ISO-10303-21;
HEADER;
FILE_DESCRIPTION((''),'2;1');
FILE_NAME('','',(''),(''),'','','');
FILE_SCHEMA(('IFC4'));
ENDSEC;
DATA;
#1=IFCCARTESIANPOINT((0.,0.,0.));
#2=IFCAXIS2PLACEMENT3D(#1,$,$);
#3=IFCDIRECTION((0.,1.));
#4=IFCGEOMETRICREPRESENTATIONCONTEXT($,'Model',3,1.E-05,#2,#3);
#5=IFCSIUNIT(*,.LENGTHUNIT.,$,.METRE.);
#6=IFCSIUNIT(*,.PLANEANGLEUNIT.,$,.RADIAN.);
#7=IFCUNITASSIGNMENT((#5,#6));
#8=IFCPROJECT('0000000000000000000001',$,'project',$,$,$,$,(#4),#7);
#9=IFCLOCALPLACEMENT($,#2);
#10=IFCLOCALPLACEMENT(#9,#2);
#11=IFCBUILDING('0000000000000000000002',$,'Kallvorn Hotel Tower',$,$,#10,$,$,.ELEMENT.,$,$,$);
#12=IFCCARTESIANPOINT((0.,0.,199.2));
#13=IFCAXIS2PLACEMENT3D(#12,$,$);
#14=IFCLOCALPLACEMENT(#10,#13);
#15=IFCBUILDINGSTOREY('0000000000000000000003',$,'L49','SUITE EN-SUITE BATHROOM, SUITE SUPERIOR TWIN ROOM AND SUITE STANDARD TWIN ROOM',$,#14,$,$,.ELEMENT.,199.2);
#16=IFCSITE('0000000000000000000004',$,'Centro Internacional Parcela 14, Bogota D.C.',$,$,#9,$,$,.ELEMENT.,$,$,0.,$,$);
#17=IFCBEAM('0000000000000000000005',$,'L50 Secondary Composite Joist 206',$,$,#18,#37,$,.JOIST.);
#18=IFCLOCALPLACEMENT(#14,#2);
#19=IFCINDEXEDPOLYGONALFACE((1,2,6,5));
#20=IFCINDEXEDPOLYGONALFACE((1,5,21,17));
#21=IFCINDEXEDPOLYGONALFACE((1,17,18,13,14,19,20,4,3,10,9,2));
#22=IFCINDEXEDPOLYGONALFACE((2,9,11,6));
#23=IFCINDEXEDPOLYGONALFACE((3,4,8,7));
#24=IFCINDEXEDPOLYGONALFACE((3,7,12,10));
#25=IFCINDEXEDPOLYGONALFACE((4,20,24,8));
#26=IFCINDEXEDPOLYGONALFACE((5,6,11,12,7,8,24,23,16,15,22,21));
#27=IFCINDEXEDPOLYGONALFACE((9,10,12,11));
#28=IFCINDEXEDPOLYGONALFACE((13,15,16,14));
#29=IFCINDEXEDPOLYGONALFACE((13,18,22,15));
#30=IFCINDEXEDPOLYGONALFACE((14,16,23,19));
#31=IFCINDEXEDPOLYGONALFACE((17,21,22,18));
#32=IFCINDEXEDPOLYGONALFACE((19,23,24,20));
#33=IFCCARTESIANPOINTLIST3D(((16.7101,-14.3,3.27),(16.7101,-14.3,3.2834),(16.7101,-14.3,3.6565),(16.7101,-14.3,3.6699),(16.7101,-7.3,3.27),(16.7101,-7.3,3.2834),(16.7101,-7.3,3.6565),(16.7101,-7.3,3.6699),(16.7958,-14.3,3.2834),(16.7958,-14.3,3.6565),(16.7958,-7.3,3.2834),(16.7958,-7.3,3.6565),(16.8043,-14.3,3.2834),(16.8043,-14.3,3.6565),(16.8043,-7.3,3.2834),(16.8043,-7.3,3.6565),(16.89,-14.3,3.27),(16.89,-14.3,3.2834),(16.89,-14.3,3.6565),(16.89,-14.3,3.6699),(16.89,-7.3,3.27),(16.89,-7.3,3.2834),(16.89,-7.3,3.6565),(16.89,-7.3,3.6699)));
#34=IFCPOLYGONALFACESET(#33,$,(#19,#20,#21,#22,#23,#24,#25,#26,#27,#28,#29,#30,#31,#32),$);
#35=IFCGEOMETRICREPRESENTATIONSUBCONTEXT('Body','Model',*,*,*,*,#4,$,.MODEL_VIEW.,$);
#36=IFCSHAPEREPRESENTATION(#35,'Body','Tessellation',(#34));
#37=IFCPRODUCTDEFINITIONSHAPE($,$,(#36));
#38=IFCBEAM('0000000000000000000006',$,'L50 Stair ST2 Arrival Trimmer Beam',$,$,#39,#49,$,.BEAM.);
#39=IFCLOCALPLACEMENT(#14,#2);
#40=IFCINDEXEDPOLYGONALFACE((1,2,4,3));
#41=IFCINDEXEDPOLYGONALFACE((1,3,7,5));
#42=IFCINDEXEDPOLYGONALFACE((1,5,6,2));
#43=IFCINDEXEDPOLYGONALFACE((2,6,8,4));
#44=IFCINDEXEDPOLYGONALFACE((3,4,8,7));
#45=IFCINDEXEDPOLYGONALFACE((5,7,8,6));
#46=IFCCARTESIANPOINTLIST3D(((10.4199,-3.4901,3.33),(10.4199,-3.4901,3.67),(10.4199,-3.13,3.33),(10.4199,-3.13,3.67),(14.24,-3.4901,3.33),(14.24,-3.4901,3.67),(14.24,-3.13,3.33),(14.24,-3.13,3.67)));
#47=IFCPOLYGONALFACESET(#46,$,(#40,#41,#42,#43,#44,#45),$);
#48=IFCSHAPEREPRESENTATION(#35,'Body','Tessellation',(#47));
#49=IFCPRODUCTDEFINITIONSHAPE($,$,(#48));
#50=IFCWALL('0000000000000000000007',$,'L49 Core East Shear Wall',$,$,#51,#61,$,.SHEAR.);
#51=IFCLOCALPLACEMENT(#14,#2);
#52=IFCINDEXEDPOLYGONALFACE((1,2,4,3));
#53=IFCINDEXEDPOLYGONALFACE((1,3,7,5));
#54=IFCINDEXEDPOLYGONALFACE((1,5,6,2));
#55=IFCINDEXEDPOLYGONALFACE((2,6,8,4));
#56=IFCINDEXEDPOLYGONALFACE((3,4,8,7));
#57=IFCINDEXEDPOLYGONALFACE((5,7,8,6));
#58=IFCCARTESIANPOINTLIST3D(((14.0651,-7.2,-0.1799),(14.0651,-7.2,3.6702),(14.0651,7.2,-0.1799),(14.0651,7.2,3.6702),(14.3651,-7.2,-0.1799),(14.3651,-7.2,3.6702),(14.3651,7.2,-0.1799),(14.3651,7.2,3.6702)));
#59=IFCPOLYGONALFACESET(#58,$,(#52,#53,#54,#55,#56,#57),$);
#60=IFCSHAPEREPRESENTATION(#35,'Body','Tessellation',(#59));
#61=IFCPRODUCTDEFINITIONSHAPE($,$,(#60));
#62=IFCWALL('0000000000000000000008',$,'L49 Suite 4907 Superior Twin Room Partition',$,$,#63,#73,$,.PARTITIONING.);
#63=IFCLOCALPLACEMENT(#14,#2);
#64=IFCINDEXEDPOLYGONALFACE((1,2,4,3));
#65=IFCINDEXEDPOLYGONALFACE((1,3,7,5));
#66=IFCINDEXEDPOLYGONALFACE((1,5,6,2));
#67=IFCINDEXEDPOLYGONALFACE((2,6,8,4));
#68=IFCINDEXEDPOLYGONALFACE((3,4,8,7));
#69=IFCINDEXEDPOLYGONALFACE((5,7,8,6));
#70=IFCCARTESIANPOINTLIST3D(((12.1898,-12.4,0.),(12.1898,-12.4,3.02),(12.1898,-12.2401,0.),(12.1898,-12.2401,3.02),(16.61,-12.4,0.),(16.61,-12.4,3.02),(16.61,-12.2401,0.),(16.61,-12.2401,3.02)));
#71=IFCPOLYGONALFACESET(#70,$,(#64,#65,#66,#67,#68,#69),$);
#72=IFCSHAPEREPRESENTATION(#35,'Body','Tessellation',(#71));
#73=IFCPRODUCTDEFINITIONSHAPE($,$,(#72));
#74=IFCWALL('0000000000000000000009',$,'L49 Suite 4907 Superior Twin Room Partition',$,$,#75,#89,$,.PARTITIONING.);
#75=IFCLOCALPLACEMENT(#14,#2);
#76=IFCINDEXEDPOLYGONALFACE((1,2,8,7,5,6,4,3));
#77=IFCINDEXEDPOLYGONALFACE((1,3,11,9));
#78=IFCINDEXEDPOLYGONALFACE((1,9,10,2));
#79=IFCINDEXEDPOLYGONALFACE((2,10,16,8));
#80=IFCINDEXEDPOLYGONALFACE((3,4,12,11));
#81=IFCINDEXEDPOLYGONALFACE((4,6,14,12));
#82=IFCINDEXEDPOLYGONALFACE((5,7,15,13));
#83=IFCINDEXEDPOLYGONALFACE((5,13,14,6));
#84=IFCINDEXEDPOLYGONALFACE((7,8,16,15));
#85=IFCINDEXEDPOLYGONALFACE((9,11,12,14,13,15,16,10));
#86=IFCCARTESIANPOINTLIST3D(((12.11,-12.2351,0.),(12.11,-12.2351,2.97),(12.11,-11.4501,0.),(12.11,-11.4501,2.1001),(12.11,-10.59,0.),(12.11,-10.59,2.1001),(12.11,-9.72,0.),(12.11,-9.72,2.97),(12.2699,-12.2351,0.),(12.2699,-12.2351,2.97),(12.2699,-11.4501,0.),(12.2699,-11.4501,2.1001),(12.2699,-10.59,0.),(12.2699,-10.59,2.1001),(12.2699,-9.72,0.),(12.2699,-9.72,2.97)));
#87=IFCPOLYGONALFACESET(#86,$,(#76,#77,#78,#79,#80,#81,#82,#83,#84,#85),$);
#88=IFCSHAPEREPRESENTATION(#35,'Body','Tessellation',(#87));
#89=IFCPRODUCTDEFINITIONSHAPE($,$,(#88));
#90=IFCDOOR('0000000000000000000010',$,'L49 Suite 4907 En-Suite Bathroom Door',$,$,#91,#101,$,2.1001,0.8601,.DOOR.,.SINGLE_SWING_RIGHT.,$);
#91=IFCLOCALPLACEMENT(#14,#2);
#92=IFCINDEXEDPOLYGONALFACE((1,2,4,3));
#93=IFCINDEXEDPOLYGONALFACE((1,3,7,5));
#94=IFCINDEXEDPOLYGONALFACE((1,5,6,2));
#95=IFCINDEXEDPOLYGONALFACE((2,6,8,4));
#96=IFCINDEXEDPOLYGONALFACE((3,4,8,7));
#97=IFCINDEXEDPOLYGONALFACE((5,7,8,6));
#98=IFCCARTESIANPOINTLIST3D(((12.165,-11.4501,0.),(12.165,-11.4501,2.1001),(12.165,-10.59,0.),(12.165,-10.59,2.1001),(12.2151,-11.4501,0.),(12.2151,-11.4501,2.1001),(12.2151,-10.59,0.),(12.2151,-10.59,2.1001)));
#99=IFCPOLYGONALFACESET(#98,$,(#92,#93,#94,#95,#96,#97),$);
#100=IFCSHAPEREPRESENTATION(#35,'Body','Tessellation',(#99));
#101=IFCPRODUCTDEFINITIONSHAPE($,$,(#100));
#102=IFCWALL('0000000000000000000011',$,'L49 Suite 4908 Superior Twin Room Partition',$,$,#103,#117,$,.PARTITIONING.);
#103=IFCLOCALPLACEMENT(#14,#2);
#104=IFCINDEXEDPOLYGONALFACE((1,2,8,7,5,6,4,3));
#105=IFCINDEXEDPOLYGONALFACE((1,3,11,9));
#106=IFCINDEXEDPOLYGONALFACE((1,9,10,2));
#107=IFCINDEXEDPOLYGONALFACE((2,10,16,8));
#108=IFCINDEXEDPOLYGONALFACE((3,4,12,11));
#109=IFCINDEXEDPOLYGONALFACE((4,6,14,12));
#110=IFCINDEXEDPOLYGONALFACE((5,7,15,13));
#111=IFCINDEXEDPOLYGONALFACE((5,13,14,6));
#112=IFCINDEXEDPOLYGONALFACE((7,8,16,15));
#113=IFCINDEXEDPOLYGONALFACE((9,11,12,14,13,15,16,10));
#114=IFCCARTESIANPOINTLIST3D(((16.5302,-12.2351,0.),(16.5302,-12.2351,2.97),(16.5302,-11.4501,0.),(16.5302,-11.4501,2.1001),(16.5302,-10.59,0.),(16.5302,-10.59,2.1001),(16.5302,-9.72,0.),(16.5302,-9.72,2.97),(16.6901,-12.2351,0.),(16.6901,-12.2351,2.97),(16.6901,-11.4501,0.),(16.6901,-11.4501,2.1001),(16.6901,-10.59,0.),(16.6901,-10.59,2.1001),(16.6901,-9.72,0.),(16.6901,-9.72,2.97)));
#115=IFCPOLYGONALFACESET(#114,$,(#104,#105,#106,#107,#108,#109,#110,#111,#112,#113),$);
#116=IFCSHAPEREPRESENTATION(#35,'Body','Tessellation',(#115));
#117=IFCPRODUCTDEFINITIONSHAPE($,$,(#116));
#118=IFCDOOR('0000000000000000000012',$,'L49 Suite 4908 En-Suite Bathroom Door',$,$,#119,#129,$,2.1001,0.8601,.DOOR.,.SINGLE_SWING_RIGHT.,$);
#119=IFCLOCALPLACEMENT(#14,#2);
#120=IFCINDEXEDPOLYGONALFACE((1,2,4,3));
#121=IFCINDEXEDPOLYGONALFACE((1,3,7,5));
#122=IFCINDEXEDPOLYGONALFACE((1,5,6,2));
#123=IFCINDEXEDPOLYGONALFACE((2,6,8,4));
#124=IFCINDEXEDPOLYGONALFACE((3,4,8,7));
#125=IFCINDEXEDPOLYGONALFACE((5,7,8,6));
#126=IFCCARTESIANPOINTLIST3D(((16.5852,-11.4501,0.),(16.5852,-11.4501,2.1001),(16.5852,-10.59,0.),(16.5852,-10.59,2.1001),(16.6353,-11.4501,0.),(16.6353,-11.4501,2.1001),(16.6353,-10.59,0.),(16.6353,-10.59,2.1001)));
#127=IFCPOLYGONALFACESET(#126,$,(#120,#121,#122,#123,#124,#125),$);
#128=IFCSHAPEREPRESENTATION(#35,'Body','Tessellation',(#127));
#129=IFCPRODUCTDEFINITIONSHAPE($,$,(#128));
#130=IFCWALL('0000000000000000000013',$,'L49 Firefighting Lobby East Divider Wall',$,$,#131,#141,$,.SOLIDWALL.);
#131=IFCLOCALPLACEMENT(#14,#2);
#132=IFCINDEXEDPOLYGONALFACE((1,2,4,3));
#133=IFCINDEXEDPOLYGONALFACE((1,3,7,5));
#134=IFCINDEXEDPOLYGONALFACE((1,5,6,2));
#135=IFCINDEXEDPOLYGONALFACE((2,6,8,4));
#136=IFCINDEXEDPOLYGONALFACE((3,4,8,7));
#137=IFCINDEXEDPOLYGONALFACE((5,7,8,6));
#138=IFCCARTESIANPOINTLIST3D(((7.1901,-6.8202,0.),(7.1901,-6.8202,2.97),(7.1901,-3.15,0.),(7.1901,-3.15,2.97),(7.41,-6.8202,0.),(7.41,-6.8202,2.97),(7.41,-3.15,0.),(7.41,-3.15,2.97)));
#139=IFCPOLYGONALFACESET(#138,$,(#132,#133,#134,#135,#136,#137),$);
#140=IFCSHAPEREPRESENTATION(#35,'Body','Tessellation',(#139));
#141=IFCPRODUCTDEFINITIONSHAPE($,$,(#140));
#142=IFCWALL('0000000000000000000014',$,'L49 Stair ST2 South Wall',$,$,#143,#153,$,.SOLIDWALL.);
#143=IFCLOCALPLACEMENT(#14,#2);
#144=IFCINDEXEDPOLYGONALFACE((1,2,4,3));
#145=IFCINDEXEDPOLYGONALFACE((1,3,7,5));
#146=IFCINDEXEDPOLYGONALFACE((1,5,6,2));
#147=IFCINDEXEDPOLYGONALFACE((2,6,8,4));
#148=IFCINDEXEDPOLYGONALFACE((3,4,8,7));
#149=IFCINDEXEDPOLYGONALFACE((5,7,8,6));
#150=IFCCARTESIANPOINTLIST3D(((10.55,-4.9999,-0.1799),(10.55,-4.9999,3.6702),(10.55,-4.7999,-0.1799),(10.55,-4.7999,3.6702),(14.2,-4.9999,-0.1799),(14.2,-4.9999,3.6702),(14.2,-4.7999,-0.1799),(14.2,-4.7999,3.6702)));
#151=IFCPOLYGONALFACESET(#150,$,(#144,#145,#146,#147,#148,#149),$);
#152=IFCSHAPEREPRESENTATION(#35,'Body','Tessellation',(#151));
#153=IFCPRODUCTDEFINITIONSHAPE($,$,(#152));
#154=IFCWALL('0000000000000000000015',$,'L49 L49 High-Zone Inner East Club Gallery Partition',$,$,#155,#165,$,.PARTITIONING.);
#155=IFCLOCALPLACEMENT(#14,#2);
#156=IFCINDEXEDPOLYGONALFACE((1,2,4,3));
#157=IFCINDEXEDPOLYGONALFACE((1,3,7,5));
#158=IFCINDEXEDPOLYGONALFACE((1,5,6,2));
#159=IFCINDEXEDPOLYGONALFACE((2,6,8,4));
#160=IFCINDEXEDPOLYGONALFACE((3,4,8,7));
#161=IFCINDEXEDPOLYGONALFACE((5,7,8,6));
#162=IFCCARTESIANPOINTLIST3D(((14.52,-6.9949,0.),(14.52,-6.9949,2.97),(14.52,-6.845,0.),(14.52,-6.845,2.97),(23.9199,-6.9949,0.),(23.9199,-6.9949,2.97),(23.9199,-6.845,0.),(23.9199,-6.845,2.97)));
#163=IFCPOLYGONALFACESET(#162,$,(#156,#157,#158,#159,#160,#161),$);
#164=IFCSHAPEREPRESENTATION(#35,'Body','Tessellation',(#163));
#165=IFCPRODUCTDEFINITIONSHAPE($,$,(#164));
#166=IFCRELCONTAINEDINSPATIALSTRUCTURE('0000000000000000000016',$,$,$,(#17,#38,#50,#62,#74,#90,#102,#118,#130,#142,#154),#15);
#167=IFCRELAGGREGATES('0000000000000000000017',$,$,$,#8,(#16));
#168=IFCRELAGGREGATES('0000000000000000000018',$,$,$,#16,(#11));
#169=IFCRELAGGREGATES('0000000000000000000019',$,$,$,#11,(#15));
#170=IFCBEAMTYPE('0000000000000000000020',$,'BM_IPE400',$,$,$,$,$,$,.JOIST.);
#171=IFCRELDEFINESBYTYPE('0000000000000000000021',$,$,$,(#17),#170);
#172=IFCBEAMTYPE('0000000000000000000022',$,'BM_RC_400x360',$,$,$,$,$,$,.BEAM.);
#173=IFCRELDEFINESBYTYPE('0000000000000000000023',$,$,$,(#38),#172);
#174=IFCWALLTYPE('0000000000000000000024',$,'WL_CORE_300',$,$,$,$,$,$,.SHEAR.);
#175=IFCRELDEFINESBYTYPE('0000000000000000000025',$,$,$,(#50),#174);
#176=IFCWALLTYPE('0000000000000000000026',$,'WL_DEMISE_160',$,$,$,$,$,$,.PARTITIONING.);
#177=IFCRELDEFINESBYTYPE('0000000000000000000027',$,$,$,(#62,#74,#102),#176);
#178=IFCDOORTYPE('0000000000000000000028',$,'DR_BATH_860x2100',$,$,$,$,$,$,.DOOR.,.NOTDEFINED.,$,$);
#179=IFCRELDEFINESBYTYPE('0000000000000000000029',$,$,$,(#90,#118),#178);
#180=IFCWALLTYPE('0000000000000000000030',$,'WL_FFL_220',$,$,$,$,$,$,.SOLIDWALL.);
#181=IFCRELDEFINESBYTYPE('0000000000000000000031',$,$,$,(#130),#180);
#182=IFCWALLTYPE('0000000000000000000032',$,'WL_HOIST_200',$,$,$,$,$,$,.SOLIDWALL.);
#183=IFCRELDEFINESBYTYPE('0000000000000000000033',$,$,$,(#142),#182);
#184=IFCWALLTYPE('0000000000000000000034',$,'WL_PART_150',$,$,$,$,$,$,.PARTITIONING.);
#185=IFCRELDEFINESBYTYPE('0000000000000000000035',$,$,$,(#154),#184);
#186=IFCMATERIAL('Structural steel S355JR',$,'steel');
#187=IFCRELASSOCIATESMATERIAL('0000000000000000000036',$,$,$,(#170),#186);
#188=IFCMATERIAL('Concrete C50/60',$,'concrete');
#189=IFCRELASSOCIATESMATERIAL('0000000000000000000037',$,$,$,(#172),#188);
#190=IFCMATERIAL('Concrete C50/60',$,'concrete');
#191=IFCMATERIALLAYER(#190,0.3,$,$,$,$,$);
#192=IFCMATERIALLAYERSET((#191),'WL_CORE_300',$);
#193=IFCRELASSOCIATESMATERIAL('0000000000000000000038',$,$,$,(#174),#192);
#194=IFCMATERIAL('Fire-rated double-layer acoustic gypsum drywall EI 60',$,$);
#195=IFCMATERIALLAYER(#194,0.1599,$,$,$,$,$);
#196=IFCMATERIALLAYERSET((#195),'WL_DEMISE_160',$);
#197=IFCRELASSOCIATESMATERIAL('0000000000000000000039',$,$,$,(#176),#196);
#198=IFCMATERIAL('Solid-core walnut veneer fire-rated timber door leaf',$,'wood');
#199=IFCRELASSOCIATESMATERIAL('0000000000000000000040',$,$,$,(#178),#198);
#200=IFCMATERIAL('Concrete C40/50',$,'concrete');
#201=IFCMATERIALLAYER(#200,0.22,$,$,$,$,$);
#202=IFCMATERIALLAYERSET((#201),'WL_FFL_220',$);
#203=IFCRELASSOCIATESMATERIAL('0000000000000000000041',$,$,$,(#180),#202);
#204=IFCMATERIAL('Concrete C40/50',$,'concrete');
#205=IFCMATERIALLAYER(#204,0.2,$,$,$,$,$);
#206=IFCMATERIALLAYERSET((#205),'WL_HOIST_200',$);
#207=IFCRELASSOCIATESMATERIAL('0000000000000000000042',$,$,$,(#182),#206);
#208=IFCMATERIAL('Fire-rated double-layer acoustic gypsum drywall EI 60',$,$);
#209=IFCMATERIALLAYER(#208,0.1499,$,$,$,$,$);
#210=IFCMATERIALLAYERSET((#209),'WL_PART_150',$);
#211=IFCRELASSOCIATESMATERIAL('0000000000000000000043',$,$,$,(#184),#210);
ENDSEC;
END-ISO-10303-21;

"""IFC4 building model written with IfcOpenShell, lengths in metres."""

from ifc_helpers import new_model, si_unit, direction, frame, frame_2d, origin, origin_2d, place, context, subcontext, project, spatial, rectangle, i_section, extrude, material, layer, layer_set, material_profile, profile_set, type_object, element, fill, save


model = new_model("IFC4")

# Units and contexts
model_context = context("Model", 3, precision=1e-05, world=origin(), true_north=direction((0.0, 1.0)))
body_context = subcontext(model_context, "Body", "Model", "MODEL_VIEW")
ifc_project = project(units=[si_unit("LENGTHUNIT", "METRE"), si_unit("PLANEANGLEUNIT", "RADIAN")], contexts=[model_context])

# Site, building, storey
site_placement = place(None, origin())
site = spatial("IfcSite", under=ifc_project, at=site_placement, Name="Centro Internacional Parcela 14, Bogota D.C.", CompositionType="ELEMENT", RefElevation=0.0)
building_placement = place(site_placement, origin())
building = spatial("IfcBuilding", under=site, at=building_placement, Name="Kallvorn Hotel Tower", CompositionType="ELEMENT")
storey_placement = place(building_placement, frame((0.0, 0.0, 199.2)))
storey = spatial("IfcBuildingStorey", under=building, at=storey_placement, Name="L49", Description="SUITE EN-SUITE BATHROOM, SUITE SUPERIOR TWIN ROOM AND SUITE STANDARD TWIN ROOM", CompositionType="ELEMENT", Elevation=199.2)

# Beams
ifc_material_1 = material(Name="Structural steel S355JR", Category="steel")
ifc_material_profile_1 = material_profile(ifc_material_1, i_section(OverallWidth=0.1799, OverallDepth=0.3999, WebThickness=0.0085, FlangeThickness=0.0134, at=origin_2d()), Name="IPE 400")
ifc_profile_set_1 = profile_set([ifc_material_profile_1], Name="Structural steel S355JR")
beam_type_1 = type_object("IfcBeamType", Name="BM_IPE400", PredefinedType="JOIST", material=ifc_profile_set_1)
for number, where, z_axis, x_axis, name in (
    (1, (16.8, -14.3, 3.47), (0.0, 1.0, 0.0), (-1.0, 0.0, 0.0), "L50 Secondary Composite Joist 206"),
):
    element("IfcBeam", number, at=place(storey_placement, frame(where, z_axis=z_axis, x_axis=x_axis)), inside=storey, type_object=beam_type_1, Name=name, PredefinedType="JOIST", context=body_context, shape_type="SweptSolid", body=[
        extrude(i_section(OverallWidth=0.1799, OverallDepth=0.3999, WebThickness=0.0085, FlangeThickness=0.0134, at=origin_2d()), origin(), (0.0, 0.0, 1.0), 7.0),
    ])
ifc_material_2 = material(Name="Concrete C50/60", Category="concrete")
ifc_material_profile_2 = material_profile(ifc_material_2, rectangle(XDim=0.3601, YDim=0.3401, at=origin_2d()), Name="RC 360x340")
ifc_profile_set_2 = profile_set([ifc_material_profile_2], Name="Concrete C50/60")
beam_type_2 = type_object("IfcBeamType", Name="BM_RC_400x360", PredefinedType="BEAM", material=ifc_profile_set_2)
beam_1_placement = place(storey_placement, frame((14.24, -3.3101, 3.5), z_axis=(-1.0, 0.0, 0.0), x_axis=(0.0, -1.0, 0.0)))
element("IfcBeam", 2, at=beam_1_placement, inside=storey, type_object=beam_type_2, Name="L50 Stair ST2 Arrival Trimmer Beam", PredefinedType="BEAM", context=body_context, shape_type="SweptSolid", body=[
    extrude(rectangle(XDim=0.3601, YDim=0.3401, at=origin_2d()), origin(), (0.0, 0.0, 1.0), 3.8201),
])

# Walls
ifc_material_3 = material(Name="Concrete C50/60", Category="concrete")
ifc_layer_1 = layer(ifc_material_3, 0.3)
ifc_layer_set_1 = layer_set([ifc_layer_1], Name="WL_CORE_300")
wall_type_1 = type_object("IfcWallType", Name="WL_CORE_300", PredefinedType="SHEAR", material=ifc_layer_set_1)
wall_1_placement = place(storey_placement, frame((14.2151, -7.2, -0.1799), z_axis=(0.0, 0.0, 1.0), x_axis=(0.0, 1.0, 0.0)))
element("IfcWall", 3, at=wall_1_placement, inside=storey, type_object=wall_type_1, Name="L49 Core East Shear Wall", PredefinedType="SHEAR", context=body_context, shape_type="SweptSolid", body=[
    extrude(rectangle(XDim=14.3999, YDim=0.3, at=frame_2d((7.2, 0.0))), origin(), (0.0, 0.0, 1.0), 3.8501),
])
ifc_material_4 = material(Name="Fire-rated double-layer acoustic gypsum drywall EI 60")
ifc_layer_2 = layer(ifc_material_4, 0.1599)
ifc_layer_set_2 = layer_set([ifc_layer_2], Name="WL_DEMISE_160")
wall_type_2 = type_object("IfcWallType", Name="WL_DEMISE_160", PredefinedType="PARTITIONING", material=ifc_layer_set_2)
wall_2_placement = place(storey_placement, frame((12.1899, -12.3201, 0.0), z_axis=(0.0, 0.0, 1.0), x_axis=(1.0, 0.0, 0.0)))
element("IfcWall", 4, at=wall_2_placement, inside=storey, type_object=wall_type_2, Name="L49 Suite 4907 Superior Twin Room Partition", PredefinedType="PARTITIONING", context=body_context, shape_type="SweptSolid", body=[
    extrude(rectangle(XDim=4.4202, YDim=0.1599, at=frame_2d((2.21, 0.0))), origin(), (0.0, 0.0, 1.0), 3.02),
])

# Walls, openings, doors
wall_3_placement = place(storey_placement, frame((12.1899, -12.2351, 0.0), z_axis=(0.0, 0.0, 1.0), x_axis=(0.0, 1.0, 0.0)))
wall_3 = element("IfcWall", 5, at=wall_3_placement, inside=storey, type_object=wall_type_2, Name="L49 Suite 4907 Superior Twin Room Partition", PredefinedType="PARTITIONING", context=body_context, shape_type="SweptSolid", body=[
    extrude(rectangle(XDim=2.5151, YDim=0.1599, at=frame_2d((1.2576, 0.0))), origin(), (0.0, 0.0, 1.0), 2.97),
])
opening_1_placement = place(wall_3_placement, frame((0.7849, 0.0, 0.0)))
opening_1 = element("IfcOpeningElement", 6, at=opening_1_placement, cuts=wall_3, PredefinedType="OPENING", context=body_context, shape_type="SweptSolid", body=[
    extrude(rectangle(XDim=0.8601, YDim=2.1001, at=frame_2d((0.4302, 1.05))), frame((0.0, 0.095, 0.0), z_axis=(0.0, -1.0, 0.0), x_axis=(1.0, 0.0, 0.0)), (0.0, 0.0, 1.0), 0.1899),
])
ifc_material_5 = material(Name="Solid-core walnut veneer fire-rated timber door leaf", Category="wood")
door_type_1 = type_object("IfcDoorType", Name="DR_BATH_860x2100", OperationType="NOTDEFINED", PredefinedType="DOOR", material=ifc_material_5)
door_1_placement = place(opening_1_placement, origin())
door_1 = element("IfcDoor", 7, at=door_1_placement, inside=storey, type_object=door_type_1, Name="L49 Suite 4907 En-Suite Bathroom Door", OperationType="SINGLE_SWING_RIGHT", OverallHeight=2.1001, OverallWidth=0.8601, PredefinedType="DOOR", context=body_context, shape_type="SweptSolid", body=[
    extrude(rectangle(XDim=0.8601, YDim=2.1001, at=frame_2d((0.4302, 1.05))), frame((0.0, 0.0249, 0.0), z_axis=(0.0, -1.0, 0.0), x_axis=(1.0, 0.0, 0.0)), (0.0, 0.0, 1.0), 0.05),
])
fill(opening_1, door_1)
wall_4_placement = place(storey_placement, frame((16.6101, -12.2351, 0.0), z_axis=(0.0, 0.0, 1.0), x_axis=(0.0, 1.0, 0.0)))
wall_4 = element("IfcWall", 8, at=wall_4_placement, inside=storey, type_object=wall_type_2, Name="L49 Suite 4908 Superior Twin Room Partition", PredefinedType="PARTITIONING", context=body_context, shape_type="SweptSolid", body=[
    extrude(rectangle(XDim=2.5151, YDim=0.1599, at=frame_2d((1.2576, 0.0))), origin(), (0.0, 0.0, 1.0), 2.97),
])
opening_2_placement = place(wall_4_placement, frame((0.7849, 0.0, 0.0)))
opening_2 = element("IfcOpeningElement", 9, at=opening_2_placement, cuts=wall_4, PredefinedType="OPENING", context=body_context, shape_type="SweptSolid", body=[
    extrude(rectangle(XDim=0.8601, YDim=2.1001, at=frame_2d((0.4302, 1.05))), frame((0.0, 0.095, 0.0), z_axis=(0.0, -1.0, 0.0), x_axis=(1.0, 0.0, 0.0)), (0.0, 0.0, 1.0), 0.1899),
])
door_2_placement = place(opening_2_placement, origin())
door_2 = element("IfcDoor", 10, at=door_2_placement, inside=storey, type_object=door_type_1, Name="L49 Suite 4908 En-Suite Bathroom Door", OperationType="SINGLE_SWING_RIGHT", OverallHeight=2.1001, OverallWidth=0.8601, PredefinedType="DOOR", context=body_context, shape_type="SweptSolid", body=[
    extrude(rectangle(XDim=0.8601, YDim=2.1001, at=frame_2d((0.4302, 1.05))), frame((0.0, 0.0249, 0.0), z_axis=(0.0, -1.0, 0.0), x_axis=(1.0, 0.0, 0.0)), (0.0, 0.0, 1.0), 0.05),
])
fill(opening_2, door_2)

# Walls
ifc_material_6 = material(Name="Concrete C40/50", Category="concrete")
ifc_layer_3 = layer(ifc_material_6, 0.22)
ifc_layer_set_3 = layer_set([ifc_layer_3], Name="WL_FFL_220")
wall_type_3 = type_object("IfcWallType", Name="WL_FFL_220", PredefinedType="SOLIDWALL", material=ifc_layer_set_3)
wall_5_placement = place(storey_placement, frame((7.3, -6.8201, 0.0), z_axis=(0.0, 0.0, 1.0), x_axis=(0.0, 1.0, 0.0)))
element("IfcWall", 11, at=wall_5_placement, inside=storey, type_object=wall_type_3, Name="L49 Firefighting Lobby East Divider Wall", PredefinedType="SOLIDWALL", context=body_context, shape_type="SweptSolid", body=[
    extrude(rectangle(XDim=3.6702, YDim=0.22, at=frame_2d((1.835, 0.0))), origin(), (0.0, 0.0, 1.0), 2.97),
])
ifc_material_7 = material(Name="Concrete C40/50", Category="concrete")
ifc_layer_4 = layer(ifc_material_7, 0.2)
ifc_layer_set_4 = layer_set([ifc_layer_4], Name="WL_HOIST_200")
wall_type_4 = type_object("IfcWallType", Name="WL_HOIST_200", PredefinedType="SOLIDWALL", material=ifc_layer_set_4)
wall_6_placement = place(storey_placement, frame((10.55, -4.8999, -0.1799), z_axis=(0.0, 0.0, 1.0), x_axis=(1.0, 0.0, 0.0)))
element("IfcWall", 12, at=wall_6_placement, inside=storey, type_object=wall_type_4, Name="L49 Stair ST2 South Wall", PredefinedType="SOLIDWALL", context=body_context, shape_type="SweptSolid", body=[
    extrude(rectangle(XDim=3.6499, YDim=0.2, at=frame_2d((1.825, 0.0))), origin(), (0.0, 0.0, 1.0), 3.8501),
])
ifc_material_8 = material(Name="Fire-rated double-layer acoustic gypsum drywall EI 60")
ifc_layer_5 = layer(ifc_material_8, 0.1499)
ifc_layer_set_5 = layer_set([ifc_layer_5], Name="WL_PART_150")
wall_type_5 = type_object("IfcWallType", Name="WL_PART_150", PredefinedType="PARTITIONING", material=ifc_layer_set_5)
wall_7_placement = place(storey_placement, frame((14.52, -6.9199, 0.0), z_axis=(0.0, 0.0, 1.0), x_axis=(1.0, 0.0, 0.0)))
element("IfcWall", 13, at=wall_7_placement, inside=storey, type_object=wall_type_5, Name="L49 L49 High-Zone Inner East Club Gallery Partition", PredefinedType="PARTITIONING", context=body_context, shape_type="SweptSolid", body=[
    extrude(rectangle(XDim=9.3999, YDim=0.1499, at=frame_2d((4.7, 0.0))), origin(), (0.0, 0.0, 1.0), 2.97),
])

save(model, "model.ifc")
